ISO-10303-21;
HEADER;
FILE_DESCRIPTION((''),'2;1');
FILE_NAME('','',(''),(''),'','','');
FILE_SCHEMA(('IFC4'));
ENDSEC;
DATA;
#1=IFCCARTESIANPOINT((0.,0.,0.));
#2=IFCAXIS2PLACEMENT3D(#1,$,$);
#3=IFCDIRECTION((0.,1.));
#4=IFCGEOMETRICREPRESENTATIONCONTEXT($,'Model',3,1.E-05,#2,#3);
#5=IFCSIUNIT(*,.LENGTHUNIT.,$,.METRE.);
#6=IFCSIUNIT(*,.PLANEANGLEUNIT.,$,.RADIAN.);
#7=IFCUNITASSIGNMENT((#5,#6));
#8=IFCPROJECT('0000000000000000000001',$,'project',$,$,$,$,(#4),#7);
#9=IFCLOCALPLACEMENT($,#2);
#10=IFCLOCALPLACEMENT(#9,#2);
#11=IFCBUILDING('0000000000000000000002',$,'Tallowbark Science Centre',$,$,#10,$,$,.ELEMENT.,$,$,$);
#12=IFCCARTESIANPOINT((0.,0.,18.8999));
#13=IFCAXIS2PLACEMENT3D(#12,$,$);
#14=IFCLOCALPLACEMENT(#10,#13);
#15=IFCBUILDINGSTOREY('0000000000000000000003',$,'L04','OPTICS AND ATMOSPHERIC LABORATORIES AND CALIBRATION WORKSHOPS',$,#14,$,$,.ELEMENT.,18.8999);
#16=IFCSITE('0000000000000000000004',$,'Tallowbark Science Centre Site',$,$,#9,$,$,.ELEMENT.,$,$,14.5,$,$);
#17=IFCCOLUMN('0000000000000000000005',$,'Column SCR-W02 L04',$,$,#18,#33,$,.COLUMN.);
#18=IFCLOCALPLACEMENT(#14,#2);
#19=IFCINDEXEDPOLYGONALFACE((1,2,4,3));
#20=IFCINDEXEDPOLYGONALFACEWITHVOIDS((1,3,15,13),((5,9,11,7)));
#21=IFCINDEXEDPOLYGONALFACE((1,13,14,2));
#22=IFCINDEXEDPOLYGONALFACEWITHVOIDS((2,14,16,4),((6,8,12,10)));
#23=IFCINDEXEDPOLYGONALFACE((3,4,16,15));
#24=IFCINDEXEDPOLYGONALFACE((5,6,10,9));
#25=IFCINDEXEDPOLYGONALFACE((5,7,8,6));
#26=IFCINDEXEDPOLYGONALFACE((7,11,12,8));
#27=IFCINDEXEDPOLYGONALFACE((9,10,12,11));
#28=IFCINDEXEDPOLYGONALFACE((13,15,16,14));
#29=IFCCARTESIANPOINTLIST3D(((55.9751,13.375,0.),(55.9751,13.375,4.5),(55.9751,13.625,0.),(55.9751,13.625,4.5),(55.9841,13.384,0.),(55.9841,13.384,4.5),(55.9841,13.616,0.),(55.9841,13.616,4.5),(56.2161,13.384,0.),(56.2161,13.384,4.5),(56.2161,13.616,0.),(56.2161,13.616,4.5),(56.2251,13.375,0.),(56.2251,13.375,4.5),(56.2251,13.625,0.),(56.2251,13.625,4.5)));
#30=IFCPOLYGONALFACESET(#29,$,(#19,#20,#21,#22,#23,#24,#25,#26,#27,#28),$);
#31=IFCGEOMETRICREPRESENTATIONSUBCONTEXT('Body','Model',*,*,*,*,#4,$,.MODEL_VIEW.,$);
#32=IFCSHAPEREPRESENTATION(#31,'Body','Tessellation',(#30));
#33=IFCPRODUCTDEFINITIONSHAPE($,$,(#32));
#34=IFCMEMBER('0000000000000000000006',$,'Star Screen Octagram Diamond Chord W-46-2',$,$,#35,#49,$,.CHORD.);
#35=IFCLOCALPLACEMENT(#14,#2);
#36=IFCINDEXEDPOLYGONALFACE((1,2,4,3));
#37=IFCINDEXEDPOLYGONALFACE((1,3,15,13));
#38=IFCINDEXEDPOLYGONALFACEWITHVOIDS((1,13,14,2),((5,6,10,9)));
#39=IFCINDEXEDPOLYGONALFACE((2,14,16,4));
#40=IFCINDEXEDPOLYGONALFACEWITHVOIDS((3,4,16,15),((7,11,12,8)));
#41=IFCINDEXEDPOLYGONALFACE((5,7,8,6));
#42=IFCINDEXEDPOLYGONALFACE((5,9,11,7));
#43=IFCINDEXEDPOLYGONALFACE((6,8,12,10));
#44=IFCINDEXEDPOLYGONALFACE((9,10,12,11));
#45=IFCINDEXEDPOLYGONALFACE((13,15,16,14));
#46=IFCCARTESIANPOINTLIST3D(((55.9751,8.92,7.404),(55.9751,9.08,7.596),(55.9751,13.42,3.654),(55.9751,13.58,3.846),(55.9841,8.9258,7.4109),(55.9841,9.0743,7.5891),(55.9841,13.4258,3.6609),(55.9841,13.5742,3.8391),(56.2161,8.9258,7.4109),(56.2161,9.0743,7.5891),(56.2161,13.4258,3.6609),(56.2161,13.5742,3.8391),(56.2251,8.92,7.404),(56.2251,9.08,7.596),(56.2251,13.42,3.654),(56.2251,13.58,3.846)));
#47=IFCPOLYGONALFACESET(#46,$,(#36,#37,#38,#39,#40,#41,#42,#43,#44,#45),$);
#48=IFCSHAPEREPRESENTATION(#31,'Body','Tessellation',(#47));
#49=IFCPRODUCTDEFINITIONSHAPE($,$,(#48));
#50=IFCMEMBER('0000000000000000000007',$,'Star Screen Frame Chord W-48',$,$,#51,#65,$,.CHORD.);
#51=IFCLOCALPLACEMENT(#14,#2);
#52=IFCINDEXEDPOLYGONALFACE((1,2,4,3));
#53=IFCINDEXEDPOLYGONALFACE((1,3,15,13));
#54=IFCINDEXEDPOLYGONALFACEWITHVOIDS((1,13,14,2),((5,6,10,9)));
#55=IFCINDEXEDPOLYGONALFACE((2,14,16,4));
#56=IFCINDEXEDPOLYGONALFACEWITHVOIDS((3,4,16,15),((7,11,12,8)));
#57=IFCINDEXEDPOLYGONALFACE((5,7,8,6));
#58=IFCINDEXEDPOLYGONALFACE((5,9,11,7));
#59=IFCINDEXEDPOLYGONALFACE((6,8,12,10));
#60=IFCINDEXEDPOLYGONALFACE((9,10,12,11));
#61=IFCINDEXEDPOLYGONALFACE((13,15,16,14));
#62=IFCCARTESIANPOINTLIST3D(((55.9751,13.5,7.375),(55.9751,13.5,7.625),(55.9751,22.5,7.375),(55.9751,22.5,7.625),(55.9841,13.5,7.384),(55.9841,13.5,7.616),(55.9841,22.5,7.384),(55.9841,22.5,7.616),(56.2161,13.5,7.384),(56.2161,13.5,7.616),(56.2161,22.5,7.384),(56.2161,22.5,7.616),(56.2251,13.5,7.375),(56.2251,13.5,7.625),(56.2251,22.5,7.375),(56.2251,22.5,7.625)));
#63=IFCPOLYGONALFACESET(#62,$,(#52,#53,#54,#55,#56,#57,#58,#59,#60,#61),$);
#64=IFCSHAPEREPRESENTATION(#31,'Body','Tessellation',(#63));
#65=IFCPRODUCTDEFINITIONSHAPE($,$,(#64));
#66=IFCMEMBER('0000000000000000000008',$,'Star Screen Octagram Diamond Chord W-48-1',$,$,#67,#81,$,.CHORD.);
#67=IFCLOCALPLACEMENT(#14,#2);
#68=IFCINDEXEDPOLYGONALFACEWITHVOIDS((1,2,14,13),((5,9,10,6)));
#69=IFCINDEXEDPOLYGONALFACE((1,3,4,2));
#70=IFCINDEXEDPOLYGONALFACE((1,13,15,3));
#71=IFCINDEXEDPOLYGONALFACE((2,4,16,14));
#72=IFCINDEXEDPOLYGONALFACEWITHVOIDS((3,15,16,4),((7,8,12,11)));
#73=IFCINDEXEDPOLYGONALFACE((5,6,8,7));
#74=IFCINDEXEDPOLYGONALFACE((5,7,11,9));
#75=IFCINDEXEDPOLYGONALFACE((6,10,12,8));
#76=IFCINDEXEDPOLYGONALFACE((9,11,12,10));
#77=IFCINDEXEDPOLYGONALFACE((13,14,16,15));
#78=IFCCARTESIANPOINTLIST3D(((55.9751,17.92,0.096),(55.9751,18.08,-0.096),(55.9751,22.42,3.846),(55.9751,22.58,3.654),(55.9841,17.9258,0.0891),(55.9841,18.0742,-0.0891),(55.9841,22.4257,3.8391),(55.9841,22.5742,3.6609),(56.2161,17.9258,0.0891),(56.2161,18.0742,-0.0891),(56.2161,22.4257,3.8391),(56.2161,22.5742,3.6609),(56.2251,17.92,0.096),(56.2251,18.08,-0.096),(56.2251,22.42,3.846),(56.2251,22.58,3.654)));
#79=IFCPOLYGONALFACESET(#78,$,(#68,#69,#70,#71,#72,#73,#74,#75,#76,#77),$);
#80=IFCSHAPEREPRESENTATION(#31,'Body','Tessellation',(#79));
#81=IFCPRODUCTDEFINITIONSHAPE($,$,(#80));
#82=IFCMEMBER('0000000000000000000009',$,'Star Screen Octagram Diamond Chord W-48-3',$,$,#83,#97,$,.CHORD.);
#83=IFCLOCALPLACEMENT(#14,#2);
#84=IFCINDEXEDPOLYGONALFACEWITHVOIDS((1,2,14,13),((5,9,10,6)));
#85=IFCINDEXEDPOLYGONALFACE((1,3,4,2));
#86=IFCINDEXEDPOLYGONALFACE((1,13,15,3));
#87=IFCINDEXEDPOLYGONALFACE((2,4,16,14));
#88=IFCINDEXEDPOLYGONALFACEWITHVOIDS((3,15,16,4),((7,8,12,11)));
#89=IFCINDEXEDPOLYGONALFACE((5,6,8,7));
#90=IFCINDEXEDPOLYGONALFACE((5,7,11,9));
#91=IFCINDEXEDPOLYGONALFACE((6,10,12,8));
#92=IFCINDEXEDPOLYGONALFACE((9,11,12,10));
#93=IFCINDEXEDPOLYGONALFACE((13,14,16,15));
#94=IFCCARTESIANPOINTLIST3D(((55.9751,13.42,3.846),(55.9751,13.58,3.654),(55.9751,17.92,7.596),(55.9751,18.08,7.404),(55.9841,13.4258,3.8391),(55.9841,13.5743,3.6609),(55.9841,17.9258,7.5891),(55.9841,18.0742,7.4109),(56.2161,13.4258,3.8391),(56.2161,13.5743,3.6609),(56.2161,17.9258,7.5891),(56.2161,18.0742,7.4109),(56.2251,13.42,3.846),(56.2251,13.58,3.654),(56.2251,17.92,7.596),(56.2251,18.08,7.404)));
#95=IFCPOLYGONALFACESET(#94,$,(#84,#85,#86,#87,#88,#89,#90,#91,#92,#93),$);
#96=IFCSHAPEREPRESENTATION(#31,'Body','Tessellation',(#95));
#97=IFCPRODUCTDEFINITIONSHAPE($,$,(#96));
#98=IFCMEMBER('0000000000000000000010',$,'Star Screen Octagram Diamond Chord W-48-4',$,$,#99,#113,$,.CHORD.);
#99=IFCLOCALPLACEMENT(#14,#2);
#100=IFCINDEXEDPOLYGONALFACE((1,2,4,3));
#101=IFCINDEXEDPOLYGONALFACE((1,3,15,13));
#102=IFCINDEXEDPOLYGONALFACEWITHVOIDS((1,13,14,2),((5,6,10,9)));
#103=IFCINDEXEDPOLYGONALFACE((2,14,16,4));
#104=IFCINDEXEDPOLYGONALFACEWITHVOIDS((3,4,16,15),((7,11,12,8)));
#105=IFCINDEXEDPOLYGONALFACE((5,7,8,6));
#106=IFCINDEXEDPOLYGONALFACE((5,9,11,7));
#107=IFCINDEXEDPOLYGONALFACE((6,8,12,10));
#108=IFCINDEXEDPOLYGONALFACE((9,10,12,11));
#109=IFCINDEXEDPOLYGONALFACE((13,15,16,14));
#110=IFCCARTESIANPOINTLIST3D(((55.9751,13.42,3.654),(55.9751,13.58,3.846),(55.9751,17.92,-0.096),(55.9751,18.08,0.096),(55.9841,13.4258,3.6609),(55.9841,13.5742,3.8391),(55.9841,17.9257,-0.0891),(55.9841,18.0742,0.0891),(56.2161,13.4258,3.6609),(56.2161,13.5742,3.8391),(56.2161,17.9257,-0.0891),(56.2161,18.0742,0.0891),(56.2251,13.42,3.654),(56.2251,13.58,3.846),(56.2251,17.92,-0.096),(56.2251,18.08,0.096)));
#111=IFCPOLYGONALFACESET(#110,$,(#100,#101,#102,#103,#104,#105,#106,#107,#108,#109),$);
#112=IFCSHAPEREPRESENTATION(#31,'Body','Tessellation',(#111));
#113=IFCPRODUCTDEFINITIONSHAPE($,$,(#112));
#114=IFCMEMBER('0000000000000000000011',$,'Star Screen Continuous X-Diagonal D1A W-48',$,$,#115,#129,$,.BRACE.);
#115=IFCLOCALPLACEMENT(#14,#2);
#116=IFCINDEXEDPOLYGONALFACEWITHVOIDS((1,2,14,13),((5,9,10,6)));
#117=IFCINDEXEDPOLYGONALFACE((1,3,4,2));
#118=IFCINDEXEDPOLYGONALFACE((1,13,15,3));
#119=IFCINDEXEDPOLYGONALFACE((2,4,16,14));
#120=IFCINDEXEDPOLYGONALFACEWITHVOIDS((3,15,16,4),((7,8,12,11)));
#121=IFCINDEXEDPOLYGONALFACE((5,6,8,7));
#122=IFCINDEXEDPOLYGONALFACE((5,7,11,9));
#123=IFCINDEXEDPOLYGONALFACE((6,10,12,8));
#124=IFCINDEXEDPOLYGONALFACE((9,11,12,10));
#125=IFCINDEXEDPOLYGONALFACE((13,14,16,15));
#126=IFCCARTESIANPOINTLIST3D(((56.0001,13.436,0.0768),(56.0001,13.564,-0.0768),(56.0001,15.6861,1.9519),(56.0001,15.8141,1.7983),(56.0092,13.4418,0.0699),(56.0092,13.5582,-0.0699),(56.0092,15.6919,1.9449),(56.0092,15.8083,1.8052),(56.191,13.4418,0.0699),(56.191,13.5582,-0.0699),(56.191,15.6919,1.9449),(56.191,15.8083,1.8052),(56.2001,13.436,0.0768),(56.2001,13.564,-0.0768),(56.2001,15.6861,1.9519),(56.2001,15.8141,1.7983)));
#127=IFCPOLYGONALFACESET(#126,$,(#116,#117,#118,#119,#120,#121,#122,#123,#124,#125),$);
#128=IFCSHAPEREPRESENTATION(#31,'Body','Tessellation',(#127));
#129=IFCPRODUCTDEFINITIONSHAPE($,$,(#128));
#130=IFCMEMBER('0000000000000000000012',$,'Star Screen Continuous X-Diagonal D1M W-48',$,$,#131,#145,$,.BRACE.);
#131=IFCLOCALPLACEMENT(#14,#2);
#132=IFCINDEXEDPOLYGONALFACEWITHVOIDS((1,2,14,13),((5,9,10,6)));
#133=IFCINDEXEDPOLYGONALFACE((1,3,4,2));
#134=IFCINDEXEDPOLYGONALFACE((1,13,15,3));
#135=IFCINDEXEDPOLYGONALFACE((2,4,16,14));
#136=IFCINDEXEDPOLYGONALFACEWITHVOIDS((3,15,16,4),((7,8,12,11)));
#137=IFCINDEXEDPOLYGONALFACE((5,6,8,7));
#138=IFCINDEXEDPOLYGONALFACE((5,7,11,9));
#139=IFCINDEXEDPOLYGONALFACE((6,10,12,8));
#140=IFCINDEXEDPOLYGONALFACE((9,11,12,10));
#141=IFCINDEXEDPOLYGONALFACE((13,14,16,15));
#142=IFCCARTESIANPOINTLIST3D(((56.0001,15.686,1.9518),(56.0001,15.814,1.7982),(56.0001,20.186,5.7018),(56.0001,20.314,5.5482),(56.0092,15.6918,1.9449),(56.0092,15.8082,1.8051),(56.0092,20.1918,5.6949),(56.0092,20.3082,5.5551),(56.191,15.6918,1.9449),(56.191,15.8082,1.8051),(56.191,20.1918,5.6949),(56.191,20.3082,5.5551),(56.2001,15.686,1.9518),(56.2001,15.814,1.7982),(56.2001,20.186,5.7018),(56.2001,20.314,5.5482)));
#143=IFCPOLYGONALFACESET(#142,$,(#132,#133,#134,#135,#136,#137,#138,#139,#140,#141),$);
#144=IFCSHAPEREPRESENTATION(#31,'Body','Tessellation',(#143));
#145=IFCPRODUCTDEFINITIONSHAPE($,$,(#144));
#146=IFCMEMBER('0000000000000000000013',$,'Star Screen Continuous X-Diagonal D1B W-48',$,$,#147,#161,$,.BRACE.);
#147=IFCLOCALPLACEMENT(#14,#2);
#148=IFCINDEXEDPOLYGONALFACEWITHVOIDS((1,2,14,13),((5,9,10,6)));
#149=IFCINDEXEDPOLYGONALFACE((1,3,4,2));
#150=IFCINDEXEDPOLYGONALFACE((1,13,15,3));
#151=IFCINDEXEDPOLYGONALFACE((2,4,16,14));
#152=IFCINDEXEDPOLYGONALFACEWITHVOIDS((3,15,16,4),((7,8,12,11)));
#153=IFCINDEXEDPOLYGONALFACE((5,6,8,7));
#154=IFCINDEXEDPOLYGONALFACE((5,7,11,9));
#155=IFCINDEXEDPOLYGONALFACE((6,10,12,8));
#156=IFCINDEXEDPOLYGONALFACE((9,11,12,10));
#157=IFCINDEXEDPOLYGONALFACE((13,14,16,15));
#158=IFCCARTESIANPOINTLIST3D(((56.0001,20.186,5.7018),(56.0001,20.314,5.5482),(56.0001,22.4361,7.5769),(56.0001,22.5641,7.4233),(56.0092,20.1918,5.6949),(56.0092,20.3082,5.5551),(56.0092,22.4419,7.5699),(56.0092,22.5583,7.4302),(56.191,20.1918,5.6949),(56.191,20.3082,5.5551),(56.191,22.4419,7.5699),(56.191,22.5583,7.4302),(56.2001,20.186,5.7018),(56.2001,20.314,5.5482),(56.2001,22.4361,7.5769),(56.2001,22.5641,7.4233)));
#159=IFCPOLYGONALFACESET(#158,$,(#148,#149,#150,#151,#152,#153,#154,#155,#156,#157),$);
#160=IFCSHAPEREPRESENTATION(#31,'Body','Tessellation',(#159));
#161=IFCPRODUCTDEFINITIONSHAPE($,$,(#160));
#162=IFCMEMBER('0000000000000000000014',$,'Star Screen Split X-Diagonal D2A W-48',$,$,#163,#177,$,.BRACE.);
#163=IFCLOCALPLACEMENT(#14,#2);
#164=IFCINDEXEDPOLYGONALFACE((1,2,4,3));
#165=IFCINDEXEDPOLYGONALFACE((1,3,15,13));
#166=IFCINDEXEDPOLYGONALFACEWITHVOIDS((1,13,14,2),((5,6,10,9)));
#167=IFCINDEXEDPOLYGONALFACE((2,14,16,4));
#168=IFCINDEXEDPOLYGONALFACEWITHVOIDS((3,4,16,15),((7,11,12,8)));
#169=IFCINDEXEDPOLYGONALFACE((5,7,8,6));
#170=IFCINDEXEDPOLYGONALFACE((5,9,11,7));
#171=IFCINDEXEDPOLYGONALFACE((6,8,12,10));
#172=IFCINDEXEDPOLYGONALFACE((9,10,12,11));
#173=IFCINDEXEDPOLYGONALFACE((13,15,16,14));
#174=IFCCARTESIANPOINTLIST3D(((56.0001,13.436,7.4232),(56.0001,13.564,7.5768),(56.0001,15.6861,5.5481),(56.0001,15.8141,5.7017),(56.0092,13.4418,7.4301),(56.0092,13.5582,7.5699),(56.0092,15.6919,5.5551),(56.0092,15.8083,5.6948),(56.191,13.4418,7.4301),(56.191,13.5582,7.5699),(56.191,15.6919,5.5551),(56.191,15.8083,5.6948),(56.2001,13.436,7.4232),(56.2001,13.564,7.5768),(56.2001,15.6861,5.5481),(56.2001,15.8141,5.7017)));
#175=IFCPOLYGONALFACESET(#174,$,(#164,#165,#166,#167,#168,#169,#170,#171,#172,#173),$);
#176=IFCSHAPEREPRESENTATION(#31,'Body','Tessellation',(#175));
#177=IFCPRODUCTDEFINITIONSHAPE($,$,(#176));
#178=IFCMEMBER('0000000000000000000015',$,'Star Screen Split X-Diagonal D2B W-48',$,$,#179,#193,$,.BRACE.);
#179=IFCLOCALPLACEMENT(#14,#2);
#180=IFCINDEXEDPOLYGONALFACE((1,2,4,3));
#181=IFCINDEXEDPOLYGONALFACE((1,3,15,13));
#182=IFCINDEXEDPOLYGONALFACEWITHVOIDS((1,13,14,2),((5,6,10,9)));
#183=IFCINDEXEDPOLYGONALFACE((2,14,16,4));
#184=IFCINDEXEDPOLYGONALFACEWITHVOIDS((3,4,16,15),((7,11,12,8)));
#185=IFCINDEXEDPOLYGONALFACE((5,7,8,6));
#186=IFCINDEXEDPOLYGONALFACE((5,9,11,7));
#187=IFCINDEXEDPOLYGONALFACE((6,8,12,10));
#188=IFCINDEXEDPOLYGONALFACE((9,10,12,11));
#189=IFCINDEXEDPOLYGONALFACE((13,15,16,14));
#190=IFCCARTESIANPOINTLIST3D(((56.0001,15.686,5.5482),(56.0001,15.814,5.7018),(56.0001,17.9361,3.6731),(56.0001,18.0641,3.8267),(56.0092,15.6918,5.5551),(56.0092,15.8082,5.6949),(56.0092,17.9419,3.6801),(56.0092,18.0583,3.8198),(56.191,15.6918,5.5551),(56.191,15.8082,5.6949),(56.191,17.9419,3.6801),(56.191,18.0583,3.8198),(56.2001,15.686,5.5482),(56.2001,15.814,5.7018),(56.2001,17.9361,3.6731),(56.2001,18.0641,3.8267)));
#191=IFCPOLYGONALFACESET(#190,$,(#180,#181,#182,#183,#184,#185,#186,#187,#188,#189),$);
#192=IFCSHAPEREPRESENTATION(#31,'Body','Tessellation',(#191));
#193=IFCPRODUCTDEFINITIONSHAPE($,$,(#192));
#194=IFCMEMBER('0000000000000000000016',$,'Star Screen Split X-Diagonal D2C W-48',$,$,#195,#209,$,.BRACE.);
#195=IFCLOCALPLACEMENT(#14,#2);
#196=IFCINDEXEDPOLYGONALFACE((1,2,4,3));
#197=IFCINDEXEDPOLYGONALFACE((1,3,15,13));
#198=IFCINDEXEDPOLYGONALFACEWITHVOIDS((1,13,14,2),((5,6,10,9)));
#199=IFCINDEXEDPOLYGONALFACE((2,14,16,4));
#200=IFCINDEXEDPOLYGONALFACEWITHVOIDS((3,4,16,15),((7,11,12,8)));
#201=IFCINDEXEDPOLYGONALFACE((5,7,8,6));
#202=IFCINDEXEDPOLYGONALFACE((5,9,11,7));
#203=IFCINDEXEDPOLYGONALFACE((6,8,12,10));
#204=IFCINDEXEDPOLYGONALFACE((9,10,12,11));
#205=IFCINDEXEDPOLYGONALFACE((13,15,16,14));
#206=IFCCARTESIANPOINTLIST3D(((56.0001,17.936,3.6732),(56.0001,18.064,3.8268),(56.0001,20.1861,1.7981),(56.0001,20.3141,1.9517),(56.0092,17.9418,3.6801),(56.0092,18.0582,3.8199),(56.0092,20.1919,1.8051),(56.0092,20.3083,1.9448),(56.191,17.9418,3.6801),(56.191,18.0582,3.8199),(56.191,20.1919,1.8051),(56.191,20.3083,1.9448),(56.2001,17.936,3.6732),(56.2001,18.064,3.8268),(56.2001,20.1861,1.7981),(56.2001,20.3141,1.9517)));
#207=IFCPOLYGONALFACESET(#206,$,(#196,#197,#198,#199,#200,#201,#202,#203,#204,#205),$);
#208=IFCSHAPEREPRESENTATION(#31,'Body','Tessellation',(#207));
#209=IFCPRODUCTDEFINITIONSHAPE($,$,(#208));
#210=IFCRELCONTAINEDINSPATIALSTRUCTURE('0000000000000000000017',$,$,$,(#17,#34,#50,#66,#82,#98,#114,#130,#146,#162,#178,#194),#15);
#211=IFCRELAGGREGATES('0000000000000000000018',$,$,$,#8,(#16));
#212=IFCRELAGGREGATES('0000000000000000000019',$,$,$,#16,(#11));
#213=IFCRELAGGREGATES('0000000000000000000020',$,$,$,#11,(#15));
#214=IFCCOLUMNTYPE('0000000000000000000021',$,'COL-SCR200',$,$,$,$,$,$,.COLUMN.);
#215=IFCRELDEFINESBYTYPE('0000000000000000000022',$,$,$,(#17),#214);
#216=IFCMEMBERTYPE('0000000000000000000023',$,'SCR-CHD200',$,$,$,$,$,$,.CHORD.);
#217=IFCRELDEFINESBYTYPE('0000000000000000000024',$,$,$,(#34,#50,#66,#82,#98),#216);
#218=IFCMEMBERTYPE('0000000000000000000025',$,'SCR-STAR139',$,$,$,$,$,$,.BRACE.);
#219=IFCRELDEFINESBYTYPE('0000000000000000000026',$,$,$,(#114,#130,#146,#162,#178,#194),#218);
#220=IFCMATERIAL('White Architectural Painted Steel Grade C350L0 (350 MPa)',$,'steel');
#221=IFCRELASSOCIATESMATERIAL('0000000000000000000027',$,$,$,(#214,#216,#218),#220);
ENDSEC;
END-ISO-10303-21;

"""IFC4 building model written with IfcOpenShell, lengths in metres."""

from ifc_helpers import new_model, si_unit, direction, frame, origin, origin_2d, place, context, subcontext, project, spatial, hollow_rectangle, extrude, material, material_profile, profile_set, type_object, element, save


model = new_model("IFC4")

# Units and contexts
model_context = context("Model", 3, precision=1e-05, world=origin(), true_north=direction((0.0, 1.0)))
body_context = subcontext(model_context, "Body", "Model", "MODEL_VIEW")
ifc_project = project(units=[si_unit("LENGTHUNIT", "METRE"), si_unit("PLANEANGLEUNIT", "RADIAN")], contexts=[model_context])

# Site, building, storey
site_placement = place(None, origin())
site = spatial("IfcSite", under=ifc_project, at=site_placement, Name="Tallowbark Science Centre Site", CompositionType="ELEMENT", RefElevation=14.5)
building_placement = place(site_placement, origin())
building = spatial("IfcBuilding", under=site, at=building_placement, Name="Tallowbark Science Centre", CompositionType="ELEMENT")
storey_placement = place(building_placement, frame((0.0, 0.0, 18.8999)))
storey = spatial("IfcBuildingStorey", under=building, at=storey_placement, Name="L04", Description="OPTICS AND ATMOSPHERIC LABORATORIES AND CALIBRATION WORKSHOPS", CompositionType="ELEMENT", Elevation=18.8999)

# Column
ifc_material_1 = material(Name="White Architectural Painted Steel Grade C350L0 (350 MPa)", Category="steel")
ifc_material_profile_1 = material_profile(ifc_material_1, hollow_rectangle(XDim=0.25, YDim=0.25, WallThickness=0.009, at=origin_2d()), Name="250x250x9.0SHS")
ifc_profile_set_1 = profile_set([ifc_material_profile_1], Name="White Architectural Painted Steel Grade C350L0 (350 MPa)")
column_type = type_object("IfcColumnType", Name="COL-SCR200", PredefinedType="COLUMN", material=ifc_profile_set_1)
column_placement = place(storey_placement, frame((56.1001, 13.5, 0.0), z_axis=(0.0, 0.0, 1.0), x_axis=(1.0, 0.0, 0.0)))
element("IfcColumn", 1, at=column_placement, inside=storey, type_object=column_type, Name="Column SCR-W02 L04", PredefinedType="COLUMN", context=body_context, shape_type="SweptSolid", body=[
    extrude(hollow_rectangle(XDim=0.25, YDim=0.25, WallThickness=0.009, at=origin_2d()), origin(), (0.0, 0.0, 1.0), 4.5),
])

# Members
ifc_material_profile_2 = material_profile(ifc_material_1, hollow_rectangle(XDim=0.25, YDim=0.25, WallThickness=0.009, at=origin_2d()), Name="250x250x9.0SHS")
ifc_profile_set_2 = profile_set([ifc_material_profile_2], Name="White Architectural Painted Steel Grade C350L0 (350 MPa)")
member_type_1 = type_object("IfcMemberType", Name="SCR-CHD200", PredefinedType="CHORD", material=ifc_profile_set_2)
member_1_placement = place(storey_placement, frame((56.1001, 13.5, 3.75), z_axis=(0.0, -0.768221, 0.640184), x_axis=(1.0, 0.0, 0.0)))
element("IfcMember", 2, at=member_1_placement, inside=storey, type_object=member_type_1, Name="Star Screen Octagram Diamond Chord W-46-2", PredefinedType="CHORD", context=body_context, shape_type="SweptSolid", body=[
    extrude(hollow_rectangle(XDim=0.25, YDim=0.25, WallThickness=0.009, at=origin_2d()), origin(), (0.0, 0.0, 1.0), 5.8577),
])
member_2_placement = place(storey_placement, frame((56.1001, 13.5, 7.5), z_axis=(0.0, 1.0, 0.0), x_axis=(-1.0, 0.0, 0.0)))
element("IfcMember", 3, at=member_2_placement, inside=storey, type_object=member_type_1, Name="Star Screen Frame Chord W-48", PredefinedType="CHORD", context=body_context, shape_type="SweptSolid", body=[
    extrude(hollow_rectangle(XDim=0.25, YDim=0.25, WallThickness=0.009, at=origin_2d()), origin(), (0.0, 0.0, 1.0), 9.0),
])
for number, where, z_axis, x_axis, name in (
    (4, (56.1001, 18.0, 0.0), (0.0, 0.768221, 0.640184), (-1.0, 0.0, 0.0), "Star Screen Octagram Diamond Chord W-48-1"),
    (5, (56.1001, 18.0, 7.5), (0.0, -0.768221, -0.640184), (1.0, 0.0, 0.0), "Star Screen Octagram Diamond Chord W-48-3"),
    (6, (56.1001, 13.5, 3.75), (0.0, 0.768221, -0.640184), (-1.0, 0.0, 0.0), "Star Screen Octagram Diamond Chord W-48-4"),
):
    element("IfcMember", number, at=place(storey_placement, frame(where, z_axis=z_axis, x_axis=x_axis)), inside=storey, type_object=member_type_1, Name=name, PredefinedType="CHORD", context=body_context, shape_type="SweptSolid", body=[
        extrude(hollow_rectangle(XDim=0.25, YDim=0.25, WallThickness=0.009, at=origin_2d()), origin(), (0.0, 0.0, 1.0), 5.8577),
    ])
ifc_material_profile_3 = material_profile(ifc_material_1, hollow_rectangle(XDim=0.2, YDim=0.2, WallThickness=0.009, at=origin_2d()), Name="200x200x9.0SHS")
ifc_profile_set_3 = profile_set([ifc_material_profile_3], Name="White Architectural Painted Steel Grade C350L0 (350 MPa)")
member_type_2 = type_object("IfcMemberType", Name="SCR-STAR139", PredefinedType="BRACE", material=ifc_profile_set_3)
member_3_placement = place(storey_placement, frame((56.1001, 13.5, 0.0), z_axis=(0.0, 0.768221, 0.640184), x_axis=(-1.0, 0.0, 0.0)))
element("IfcMember", 7, at=member_3_placement, inside=storey, type_object=member_type_2, Name="Star Screen Continuous X-Diagonal D1A W-48", PredefinedType="BRACE", context=body_context, shape_type="SweptSolid", body=[
    extrude(hollow_rectangle(XDim=0.2, YDim=0.2, WallThickness=0.009, at=origin_2d()), origin(), (0.0, 0.0, 1.0), 2.929),
])
member_4_placement = place(storey_placement, frame((56.1001, 15.75, 1.875), z_axis=(0.0, 0.768221, 0.640184), x_axis=(-1.0, 0.0, 0.0)))
element("IfcMember", 8, at=member_4_placement, inside=storey, type_object=member_type_2, Name="Star Screen Continuous X-Diagonal D1M W-48", PredefinedType="BRACE", context=body_context, shape_type="SweptSolid", body=[
    extrude(hollow_rectangle(XDim=0.2, YDim=0.2, WallThickness=0.009, at=origin_2d()), origin(), (0.0, 0.0, 1.0), 5.8577),
])
for number, where, z_axis, x_axis, name in (
    (9, (56.1001, 20.25, 5.625), (0.0, 0.768221, 0.640184), (-1.0, 0.0, 0.0), "Star Screen Continuous X-Diagonal D1B W-48"),
    (10, (56.1001, 13.5, 7.5), (0.0, 0.768221, -0.640184), (-1.0, 0.0, 0.0), "Star Screen Split X-Diagonal D2A W-48"),
    (11, (56.1001, 15.75, 5.625), (0.0, 0.768221, -0.640184), (-1.0, 0.0, 0.0), "Star Screen Split X-Diagonal D2B W-48"),
    (12, (56.1001, 18.0, 3.75), (0.0, 0.768221, -0.640184), (-1.0, 0.0, 0.0), "Star Screen Split X-Diagonal D2C W-48"),
):
    element("IfcMember", number, at=place(storey_placement, frame(where, z_axis=z_axis, x_axis=x_axis)), inside=storey, type_object=member_type_2, Name=name, PredefinedType="BRACE", context=body_context, shape_type="SweptSolid", body=[
        extrude(hollow_rectangle(XDim=0.2, YDim=0.2, WallThickness=0.009, at=origin_2d()), origin(), (0.0, 0.0, 1.0), 2.929),
    ])

save(model, "model.ifc")
